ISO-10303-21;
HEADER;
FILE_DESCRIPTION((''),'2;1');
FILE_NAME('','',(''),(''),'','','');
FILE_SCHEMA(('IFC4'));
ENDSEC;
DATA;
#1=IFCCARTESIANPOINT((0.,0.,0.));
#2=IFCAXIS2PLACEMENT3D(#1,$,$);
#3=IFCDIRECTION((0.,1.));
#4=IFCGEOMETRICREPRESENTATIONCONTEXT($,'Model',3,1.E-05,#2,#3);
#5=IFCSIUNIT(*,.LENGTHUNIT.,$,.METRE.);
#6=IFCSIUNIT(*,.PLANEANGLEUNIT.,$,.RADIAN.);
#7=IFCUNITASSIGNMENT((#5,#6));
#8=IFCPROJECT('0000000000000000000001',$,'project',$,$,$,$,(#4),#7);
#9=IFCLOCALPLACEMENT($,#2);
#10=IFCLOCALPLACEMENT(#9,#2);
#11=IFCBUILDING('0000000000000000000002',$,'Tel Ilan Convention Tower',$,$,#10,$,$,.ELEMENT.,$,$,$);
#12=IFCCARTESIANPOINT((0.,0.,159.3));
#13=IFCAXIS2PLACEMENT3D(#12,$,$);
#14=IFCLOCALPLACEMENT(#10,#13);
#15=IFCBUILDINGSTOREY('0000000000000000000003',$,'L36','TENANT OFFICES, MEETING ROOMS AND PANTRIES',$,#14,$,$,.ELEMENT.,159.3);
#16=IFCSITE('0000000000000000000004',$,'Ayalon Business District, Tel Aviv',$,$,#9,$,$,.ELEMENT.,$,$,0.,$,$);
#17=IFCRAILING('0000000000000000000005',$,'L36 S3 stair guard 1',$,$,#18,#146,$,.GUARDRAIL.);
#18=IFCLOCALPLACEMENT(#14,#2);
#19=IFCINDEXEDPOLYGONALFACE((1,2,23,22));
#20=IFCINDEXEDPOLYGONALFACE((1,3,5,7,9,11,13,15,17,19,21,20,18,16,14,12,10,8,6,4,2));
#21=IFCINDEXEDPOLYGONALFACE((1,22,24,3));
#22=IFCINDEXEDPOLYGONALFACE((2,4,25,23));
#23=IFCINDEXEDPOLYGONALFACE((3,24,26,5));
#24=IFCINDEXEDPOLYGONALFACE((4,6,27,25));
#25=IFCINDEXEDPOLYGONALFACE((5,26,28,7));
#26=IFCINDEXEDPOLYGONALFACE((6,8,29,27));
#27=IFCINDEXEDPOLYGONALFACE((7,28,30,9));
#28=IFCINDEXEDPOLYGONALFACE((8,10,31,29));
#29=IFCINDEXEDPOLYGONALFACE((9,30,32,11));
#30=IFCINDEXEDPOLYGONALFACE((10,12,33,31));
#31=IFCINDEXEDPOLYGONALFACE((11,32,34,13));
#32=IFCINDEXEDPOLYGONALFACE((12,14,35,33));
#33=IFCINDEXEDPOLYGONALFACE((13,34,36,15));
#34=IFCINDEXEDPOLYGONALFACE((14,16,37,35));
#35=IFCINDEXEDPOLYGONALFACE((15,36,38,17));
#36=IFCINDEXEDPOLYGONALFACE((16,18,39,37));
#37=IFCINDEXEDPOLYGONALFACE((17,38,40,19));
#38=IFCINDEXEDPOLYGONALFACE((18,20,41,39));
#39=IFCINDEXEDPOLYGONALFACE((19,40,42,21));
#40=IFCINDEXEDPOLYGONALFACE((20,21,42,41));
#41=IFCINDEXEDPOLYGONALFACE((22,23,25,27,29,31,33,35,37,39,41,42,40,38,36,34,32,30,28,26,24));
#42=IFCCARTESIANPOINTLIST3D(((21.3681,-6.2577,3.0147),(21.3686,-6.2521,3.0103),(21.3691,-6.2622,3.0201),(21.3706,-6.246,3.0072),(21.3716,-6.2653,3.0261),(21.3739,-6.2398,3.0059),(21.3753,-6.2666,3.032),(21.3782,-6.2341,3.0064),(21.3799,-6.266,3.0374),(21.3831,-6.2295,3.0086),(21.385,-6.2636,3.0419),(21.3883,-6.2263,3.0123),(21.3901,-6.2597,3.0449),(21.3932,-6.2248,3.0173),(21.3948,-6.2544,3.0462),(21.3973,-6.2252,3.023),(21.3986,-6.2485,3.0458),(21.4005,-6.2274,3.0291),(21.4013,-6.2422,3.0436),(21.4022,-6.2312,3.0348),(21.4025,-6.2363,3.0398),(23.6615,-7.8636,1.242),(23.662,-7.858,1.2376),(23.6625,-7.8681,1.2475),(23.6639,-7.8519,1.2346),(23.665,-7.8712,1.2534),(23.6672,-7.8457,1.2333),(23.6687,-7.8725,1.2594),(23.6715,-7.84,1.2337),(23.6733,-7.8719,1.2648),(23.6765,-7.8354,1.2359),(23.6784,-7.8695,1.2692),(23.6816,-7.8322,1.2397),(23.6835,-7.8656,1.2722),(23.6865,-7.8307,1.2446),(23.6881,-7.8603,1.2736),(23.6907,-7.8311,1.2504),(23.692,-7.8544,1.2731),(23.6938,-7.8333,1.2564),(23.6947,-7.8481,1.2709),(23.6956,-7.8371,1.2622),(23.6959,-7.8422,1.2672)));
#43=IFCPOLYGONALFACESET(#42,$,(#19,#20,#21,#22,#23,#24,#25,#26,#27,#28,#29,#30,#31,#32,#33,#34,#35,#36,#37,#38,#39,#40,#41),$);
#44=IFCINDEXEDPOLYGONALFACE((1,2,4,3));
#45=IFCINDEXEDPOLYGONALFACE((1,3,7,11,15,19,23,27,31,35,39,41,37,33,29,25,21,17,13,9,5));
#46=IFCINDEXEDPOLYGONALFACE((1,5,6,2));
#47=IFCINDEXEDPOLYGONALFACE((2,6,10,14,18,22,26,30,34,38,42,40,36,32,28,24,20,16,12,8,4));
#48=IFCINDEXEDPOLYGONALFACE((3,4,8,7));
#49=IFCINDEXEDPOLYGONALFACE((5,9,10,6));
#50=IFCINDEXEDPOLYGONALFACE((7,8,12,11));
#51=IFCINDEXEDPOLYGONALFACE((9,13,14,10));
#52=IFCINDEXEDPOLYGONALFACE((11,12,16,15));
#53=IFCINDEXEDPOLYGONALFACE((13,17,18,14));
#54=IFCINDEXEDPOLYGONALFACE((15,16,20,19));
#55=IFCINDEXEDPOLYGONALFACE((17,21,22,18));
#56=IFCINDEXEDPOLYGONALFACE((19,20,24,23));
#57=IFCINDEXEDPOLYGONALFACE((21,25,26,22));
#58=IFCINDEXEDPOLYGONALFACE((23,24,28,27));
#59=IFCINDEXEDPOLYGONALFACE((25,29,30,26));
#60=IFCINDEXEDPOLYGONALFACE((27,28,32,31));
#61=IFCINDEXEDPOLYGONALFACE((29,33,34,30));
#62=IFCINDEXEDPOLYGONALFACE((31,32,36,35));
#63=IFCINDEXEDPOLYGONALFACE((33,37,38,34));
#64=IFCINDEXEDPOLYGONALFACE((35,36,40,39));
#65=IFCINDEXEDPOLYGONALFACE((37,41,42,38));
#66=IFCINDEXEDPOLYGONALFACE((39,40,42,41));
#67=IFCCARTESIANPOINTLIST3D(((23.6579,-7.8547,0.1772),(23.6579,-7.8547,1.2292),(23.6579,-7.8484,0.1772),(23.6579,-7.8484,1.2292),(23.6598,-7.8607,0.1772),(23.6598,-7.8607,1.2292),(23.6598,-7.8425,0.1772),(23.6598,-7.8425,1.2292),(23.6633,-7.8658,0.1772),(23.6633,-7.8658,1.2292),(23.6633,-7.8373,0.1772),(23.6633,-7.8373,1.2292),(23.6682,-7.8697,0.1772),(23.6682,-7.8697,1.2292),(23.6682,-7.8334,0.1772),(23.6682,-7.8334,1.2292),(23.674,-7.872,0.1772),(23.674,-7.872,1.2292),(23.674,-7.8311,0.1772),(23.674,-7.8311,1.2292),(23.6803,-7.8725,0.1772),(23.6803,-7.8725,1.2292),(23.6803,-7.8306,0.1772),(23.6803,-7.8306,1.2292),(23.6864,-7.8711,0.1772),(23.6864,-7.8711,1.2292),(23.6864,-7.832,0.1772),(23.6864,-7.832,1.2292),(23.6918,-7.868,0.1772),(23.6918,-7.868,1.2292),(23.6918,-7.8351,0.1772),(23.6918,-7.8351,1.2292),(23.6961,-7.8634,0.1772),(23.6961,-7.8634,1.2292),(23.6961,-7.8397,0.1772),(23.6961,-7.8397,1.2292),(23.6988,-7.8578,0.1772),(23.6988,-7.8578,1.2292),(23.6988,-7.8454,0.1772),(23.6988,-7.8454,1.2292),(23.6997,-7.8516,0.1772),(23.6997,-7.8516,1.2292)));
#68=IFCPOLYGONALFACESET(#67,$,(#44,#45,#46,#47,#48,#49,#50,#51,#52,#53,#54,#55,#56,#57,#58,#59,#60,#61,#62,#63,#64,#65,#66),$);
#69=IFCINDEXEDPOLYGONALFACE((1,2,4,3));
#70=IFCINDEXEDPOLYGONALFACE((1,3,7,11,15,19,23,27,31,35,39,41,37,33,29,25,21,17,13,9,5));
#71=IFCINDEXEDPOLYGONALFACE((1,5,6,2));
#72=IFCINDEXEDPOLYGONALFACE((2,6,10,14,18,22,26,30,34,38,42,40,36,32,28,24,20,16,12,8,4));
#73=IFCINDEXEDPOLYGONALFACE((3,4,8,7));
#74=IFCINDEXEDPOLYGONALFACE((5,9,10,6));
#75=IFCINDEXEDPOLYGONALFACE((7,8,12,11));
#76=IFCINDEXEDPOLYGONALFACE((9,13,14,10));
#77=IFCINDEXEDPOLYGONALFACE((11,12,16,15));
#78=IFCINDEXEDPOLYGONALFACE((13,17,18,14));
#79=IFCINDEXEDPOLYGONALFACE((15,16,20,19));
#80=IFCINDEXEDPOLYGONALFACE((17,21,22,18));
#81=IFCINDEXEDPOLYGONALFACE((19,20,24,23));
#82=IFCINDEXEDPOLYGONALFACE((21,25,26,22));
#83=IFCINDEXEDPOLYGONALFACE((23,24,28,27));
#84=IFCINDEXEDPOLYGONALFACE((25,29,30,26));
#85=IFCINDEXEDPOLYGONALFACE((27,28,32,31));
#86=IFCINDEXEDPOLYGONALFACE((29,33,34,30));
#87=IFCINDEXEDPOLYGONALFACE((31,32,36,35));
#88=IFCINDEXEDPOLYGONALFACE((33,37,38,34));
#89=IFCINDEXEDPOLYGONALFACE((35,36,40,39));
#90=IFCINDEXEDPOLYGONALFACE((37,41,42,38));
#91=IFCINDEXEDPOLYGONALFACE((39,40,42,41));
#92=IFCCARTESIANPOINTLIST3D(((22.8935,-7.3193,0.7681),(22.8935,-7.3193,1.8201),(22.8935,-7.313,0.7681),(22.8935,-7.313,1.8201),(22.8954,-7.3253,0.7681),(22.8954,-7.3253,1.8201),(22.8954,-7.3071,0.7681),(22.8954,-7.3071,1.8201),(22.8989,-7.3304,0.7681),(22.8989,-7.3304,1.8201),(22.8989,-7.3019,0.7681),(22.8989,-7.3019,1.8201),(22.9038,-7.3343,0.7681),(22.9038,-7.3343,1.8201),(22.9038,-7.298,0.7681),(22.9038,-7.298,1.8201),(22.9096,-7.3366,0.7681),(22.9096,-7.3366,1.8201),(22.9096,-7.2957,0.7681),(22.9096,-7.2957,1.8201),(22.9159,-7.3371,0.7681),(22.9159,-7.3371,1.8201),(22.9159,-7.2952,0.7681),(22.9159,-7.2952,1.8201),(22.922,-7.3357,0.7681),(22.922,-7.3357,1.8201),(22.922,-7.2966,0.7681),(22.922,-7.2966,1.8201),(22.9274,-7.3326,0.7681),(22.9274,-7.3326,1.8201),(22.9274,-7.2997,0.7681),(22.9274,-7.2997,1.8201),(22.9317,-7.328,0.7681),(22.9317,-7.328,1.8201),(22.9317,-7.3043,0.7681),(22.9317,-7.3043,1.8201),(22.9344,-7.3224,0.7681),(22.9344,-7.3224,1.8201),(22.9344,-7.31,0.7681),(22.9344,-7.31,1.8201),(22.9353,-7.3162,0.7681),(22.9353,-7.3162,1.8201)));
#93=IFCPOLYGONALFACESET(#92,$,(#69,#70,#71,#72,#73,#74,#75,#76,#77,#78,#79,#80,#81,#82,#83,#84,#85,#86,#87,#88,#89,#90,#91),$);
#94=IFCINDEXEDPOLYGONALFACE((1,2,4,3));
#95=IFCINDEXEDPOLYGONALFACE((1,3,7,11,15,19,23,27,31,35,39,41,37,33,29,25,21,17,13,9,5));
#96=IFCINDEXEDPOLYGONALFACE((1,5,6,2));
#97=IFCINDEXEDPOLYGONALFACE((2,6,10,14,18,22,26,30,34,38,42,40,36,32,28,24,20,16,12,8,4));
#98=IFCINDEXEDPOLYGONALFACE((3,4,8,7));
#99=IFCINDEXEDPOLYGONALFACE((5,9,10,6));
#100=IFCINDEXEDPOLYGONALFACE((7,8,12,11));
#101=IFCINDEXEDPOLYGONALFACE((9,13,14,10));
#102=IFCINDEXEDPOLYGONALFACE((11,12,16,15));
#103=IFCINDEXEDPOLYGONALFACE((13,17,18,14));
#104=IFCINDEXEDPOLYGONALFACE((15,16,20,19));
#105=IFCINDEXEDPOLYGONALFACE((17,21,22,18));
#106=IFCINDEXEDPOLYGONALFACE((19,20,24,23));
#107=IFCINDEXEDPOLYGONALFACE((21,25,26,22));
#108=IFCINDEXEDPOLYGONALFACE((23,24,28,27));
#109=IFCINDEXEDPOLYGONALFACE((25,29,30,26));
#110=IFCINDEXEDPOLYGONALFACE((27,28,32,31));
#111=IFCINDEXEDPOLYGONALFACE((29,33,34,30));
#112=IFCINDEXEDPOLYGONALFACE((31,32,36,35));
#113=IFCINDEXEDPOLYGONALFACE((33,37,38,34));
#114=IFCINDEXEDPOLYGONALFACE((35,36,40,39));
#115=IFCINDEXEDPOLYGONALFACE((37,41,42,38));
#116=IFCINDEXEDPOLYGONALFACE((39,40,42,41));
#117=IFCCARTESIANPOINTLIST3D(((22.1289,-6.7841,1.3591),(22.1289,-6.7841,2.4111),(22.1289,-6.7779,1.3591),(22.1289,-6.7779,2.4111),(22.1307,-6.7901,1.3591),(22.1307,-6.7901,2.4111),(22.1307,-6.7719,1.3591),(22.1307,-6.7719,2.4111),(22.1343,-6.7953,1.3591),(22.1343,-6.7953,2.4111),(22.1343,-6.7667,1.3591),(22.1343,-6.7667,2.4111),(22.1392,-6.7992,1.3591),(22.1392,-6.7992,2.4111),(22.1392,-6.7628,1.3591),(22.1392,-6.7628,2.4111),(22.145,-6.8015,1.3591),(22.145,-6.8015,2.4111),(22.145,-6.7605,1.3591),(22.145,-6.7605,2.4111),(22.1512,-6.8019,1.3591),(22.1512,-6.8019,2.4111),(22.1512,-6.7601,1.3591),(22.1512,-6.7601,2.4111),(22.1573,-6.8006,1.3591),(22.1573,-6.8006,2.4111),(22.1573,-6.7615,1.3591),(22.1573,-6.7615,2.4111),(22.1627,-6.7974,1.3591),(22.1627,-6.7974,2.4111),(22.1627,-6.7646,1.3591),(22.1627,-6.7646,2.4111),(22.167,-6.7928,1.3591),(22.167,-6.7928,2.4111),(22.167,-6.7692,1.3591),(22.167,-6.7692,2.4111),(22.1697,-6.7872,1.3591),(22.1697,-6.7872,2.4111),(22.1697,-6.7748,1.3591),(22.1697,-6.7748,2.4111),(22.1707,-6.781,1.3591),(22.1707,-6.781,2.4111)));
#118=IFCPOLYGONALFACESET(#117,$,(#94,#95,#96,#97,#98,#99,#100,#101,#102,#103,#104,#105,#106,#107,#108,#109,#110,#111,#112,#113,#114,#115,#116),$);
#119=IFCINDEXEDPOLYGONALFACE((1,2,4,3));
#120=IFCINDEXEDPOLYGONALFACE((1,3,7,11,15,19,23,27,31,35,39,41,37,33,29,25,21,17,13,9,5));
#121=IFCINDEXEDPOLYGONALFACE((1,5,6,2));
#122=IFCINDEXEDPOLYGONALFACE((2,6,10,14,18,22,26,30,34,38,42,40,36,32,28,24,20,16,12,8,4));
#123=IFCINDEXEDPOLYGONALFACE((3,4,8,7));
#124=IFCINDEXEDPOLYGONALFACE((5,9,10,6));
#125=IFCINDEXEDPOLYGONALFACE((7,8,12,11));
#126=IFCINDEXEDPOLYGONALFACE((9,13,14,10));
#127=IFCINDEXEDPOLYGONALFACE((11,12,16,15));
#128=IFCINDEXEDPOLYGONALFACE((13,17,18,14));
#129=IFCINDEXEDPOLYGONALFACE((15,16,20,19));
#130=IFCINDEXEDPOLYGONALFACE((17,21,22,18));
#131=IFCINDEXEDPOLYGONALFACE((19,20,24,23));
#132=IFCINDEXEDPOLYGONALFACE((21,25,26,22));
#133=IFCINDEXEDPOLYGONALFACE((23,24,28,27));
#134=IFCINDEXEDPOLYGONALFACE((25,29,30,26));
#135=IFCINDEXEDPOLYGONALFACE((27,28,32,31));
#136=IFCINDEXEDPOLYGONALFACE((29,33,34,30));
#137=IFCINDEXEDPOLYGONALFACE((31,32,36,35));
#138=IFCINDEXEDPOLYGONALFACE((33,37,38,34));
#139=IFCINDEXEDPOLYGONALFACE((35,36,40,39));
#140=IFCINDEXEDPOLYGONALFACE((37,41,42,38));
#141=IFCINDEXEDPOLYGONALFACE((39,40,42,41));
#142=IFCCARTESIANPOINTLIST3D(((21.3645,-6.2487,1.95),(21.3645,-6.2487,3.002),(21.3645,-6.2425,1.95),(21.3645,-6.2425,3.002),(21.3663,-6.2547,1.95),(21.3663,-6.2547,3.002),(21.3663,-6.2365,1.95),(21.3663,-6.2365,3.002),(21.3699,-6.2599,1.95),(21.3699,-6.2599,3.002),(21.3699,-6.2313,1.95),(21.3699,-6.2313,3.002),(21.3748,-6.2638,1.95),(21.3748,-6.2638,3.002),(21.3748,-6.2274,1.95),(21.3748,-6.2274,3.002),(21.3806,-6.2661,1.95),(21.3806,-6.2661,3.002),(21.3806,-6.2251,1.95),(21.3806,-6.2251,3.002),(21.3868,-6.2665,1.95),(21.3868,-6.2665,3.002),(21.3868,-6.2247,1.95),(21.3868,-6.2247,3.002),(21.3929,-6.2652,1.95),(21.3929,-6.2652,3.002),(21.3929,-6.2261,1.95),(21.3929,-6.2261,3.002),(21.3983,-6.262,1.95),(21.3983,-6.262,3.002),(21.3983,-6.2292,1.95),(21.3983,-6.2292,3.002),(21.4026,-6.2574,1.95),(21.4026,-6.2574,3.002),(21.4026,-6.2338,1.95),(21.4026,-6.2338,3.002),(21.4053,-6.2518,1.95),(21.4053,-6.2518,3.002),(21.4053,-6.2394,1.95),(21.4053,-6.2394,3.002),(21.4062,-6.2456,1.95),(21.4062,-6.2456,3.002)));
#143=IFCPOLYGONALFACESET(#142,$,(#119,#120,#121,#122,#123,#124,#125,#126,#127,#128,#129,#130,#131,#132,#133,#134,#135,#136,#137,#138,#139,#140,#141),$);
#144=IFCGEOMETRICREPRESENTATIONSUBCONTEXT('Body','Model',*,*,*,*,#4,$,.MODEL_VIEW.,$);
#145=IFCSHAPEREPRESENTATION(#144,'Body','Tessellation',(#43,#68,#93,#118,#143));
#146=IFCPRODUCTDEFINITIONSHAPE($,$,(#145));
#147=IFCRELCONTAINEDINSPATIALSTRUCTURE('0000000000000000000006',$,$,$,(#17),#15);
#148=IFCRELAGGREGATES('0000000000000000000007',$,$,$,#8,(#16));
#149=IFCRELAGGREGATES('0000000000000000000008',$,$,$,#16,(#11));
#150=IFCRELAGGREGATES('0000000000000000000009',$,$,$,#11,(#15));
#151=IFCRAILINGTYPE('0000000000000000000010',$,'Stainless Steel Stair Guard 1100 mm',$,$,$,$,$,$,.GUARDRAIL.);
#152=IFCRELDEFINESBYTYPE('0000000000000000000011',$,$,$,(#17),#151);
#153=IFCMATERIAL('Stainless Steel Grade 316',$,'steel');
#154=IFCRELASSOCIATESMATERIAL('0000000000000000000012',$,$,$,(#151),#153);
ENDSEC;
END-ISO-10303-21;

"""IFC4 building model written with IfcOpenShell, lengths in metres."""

from ifc_helpers import new_model, si_unit, direction, frame, origin, origin_2d, place, context, subcontext, project, spatial, circle, extrude, material, type_object, element, save


model = new_model("IFC4")

# Units and contexts
model_context = context("Model", 3, precision=1e-05, world=origin(), true_north=direction((0.0, 1.0)))
body_context = subcontext(model_context, "Body", "Model", "MODEL_VIEW")
ifc_project = project(units=[si_unit("LENGTHUNIT", "METRE"), si_unit("PLANEANGLEUNIT", "RADIAN")], contexts=[model_context])

# Site, building, storey
site_placement = place(None, origin())
site = spatial("IfcSite", under=ifc_project, at=site_placement, Name="Ayalon Business District, Tel Aviv", CompositionType="ELEMENT", RefElevation=0.0)
building_placement = place(site_placement, origin())
building = spatial("IfcBuilding", under=site, at=building_placement, Name="Tel Ilan Convention Tower", CompositionType="ELEMENT")
storey_placement = place(building_placement, frame((0.0, 0.0, 159.3)))
storey = spatial("IfcBuildingStorey", under=building, at=storey_placement, Name="L36", Description="TENANT OFFICES, MEETING ROOMS AND PANTRIES", CompositionType="ELEMENT", Elevation=159.3)

# Railing
ifc_material_1 = material(Name="Stainless Steel Grade 316", Category="steel")
railing_type_1 = type_object("IfcRailingType", Name="Stainless Steel Stair Guard 1100 mm", PredefinedType="GUARDRAIL", material=ifc_material_1)
railing_1_placement = place(storey_placement, frame((23.6787, -7.8516, 0.1772)))
element("IfcRailing", 1, at=railing_1_placement, inside=storey, type_object=railing_type_1, Name="L36 S3 stair guard 1", PredefinedType="GUARDRAIL", context=body_context, shape_type="SweptSolid", body=[
    extrude(circle(Radius=0.0239, at=origin_2d()), frame((0.0, 0.0, 1.0762), z_axis=(-0.692085, 0.484621, 0.53494), x_axis=(-0.573591, -0.819142, 0.0)), (0.0, 0.0, 1.0), 3.3137),
    extrude(circle(Radius=0.021, at=origin_2d()), origin(), (0.0, 0.0, 1.0), 1.052),
    extrude(circle(Radius=0.021, at=origin_2d()), frame((-0.7644, 0.5354, 0.5908)), (0.0, 0.0, 1.0), 1.052),
    extrude(circle(Radius=0.021, at=origin_2d()), frame((-1.5291, 1.0706, 1.1819)), (0.0, 0.0, 1.0), 1.052),
    extrude(circle(Radius=0.021, at=origin_2d()), frame((-2.2935, 1.606, 1.7727)), (0.0, 0.0, 1.0), 1.052),
])

save(model, "model.ifc")
